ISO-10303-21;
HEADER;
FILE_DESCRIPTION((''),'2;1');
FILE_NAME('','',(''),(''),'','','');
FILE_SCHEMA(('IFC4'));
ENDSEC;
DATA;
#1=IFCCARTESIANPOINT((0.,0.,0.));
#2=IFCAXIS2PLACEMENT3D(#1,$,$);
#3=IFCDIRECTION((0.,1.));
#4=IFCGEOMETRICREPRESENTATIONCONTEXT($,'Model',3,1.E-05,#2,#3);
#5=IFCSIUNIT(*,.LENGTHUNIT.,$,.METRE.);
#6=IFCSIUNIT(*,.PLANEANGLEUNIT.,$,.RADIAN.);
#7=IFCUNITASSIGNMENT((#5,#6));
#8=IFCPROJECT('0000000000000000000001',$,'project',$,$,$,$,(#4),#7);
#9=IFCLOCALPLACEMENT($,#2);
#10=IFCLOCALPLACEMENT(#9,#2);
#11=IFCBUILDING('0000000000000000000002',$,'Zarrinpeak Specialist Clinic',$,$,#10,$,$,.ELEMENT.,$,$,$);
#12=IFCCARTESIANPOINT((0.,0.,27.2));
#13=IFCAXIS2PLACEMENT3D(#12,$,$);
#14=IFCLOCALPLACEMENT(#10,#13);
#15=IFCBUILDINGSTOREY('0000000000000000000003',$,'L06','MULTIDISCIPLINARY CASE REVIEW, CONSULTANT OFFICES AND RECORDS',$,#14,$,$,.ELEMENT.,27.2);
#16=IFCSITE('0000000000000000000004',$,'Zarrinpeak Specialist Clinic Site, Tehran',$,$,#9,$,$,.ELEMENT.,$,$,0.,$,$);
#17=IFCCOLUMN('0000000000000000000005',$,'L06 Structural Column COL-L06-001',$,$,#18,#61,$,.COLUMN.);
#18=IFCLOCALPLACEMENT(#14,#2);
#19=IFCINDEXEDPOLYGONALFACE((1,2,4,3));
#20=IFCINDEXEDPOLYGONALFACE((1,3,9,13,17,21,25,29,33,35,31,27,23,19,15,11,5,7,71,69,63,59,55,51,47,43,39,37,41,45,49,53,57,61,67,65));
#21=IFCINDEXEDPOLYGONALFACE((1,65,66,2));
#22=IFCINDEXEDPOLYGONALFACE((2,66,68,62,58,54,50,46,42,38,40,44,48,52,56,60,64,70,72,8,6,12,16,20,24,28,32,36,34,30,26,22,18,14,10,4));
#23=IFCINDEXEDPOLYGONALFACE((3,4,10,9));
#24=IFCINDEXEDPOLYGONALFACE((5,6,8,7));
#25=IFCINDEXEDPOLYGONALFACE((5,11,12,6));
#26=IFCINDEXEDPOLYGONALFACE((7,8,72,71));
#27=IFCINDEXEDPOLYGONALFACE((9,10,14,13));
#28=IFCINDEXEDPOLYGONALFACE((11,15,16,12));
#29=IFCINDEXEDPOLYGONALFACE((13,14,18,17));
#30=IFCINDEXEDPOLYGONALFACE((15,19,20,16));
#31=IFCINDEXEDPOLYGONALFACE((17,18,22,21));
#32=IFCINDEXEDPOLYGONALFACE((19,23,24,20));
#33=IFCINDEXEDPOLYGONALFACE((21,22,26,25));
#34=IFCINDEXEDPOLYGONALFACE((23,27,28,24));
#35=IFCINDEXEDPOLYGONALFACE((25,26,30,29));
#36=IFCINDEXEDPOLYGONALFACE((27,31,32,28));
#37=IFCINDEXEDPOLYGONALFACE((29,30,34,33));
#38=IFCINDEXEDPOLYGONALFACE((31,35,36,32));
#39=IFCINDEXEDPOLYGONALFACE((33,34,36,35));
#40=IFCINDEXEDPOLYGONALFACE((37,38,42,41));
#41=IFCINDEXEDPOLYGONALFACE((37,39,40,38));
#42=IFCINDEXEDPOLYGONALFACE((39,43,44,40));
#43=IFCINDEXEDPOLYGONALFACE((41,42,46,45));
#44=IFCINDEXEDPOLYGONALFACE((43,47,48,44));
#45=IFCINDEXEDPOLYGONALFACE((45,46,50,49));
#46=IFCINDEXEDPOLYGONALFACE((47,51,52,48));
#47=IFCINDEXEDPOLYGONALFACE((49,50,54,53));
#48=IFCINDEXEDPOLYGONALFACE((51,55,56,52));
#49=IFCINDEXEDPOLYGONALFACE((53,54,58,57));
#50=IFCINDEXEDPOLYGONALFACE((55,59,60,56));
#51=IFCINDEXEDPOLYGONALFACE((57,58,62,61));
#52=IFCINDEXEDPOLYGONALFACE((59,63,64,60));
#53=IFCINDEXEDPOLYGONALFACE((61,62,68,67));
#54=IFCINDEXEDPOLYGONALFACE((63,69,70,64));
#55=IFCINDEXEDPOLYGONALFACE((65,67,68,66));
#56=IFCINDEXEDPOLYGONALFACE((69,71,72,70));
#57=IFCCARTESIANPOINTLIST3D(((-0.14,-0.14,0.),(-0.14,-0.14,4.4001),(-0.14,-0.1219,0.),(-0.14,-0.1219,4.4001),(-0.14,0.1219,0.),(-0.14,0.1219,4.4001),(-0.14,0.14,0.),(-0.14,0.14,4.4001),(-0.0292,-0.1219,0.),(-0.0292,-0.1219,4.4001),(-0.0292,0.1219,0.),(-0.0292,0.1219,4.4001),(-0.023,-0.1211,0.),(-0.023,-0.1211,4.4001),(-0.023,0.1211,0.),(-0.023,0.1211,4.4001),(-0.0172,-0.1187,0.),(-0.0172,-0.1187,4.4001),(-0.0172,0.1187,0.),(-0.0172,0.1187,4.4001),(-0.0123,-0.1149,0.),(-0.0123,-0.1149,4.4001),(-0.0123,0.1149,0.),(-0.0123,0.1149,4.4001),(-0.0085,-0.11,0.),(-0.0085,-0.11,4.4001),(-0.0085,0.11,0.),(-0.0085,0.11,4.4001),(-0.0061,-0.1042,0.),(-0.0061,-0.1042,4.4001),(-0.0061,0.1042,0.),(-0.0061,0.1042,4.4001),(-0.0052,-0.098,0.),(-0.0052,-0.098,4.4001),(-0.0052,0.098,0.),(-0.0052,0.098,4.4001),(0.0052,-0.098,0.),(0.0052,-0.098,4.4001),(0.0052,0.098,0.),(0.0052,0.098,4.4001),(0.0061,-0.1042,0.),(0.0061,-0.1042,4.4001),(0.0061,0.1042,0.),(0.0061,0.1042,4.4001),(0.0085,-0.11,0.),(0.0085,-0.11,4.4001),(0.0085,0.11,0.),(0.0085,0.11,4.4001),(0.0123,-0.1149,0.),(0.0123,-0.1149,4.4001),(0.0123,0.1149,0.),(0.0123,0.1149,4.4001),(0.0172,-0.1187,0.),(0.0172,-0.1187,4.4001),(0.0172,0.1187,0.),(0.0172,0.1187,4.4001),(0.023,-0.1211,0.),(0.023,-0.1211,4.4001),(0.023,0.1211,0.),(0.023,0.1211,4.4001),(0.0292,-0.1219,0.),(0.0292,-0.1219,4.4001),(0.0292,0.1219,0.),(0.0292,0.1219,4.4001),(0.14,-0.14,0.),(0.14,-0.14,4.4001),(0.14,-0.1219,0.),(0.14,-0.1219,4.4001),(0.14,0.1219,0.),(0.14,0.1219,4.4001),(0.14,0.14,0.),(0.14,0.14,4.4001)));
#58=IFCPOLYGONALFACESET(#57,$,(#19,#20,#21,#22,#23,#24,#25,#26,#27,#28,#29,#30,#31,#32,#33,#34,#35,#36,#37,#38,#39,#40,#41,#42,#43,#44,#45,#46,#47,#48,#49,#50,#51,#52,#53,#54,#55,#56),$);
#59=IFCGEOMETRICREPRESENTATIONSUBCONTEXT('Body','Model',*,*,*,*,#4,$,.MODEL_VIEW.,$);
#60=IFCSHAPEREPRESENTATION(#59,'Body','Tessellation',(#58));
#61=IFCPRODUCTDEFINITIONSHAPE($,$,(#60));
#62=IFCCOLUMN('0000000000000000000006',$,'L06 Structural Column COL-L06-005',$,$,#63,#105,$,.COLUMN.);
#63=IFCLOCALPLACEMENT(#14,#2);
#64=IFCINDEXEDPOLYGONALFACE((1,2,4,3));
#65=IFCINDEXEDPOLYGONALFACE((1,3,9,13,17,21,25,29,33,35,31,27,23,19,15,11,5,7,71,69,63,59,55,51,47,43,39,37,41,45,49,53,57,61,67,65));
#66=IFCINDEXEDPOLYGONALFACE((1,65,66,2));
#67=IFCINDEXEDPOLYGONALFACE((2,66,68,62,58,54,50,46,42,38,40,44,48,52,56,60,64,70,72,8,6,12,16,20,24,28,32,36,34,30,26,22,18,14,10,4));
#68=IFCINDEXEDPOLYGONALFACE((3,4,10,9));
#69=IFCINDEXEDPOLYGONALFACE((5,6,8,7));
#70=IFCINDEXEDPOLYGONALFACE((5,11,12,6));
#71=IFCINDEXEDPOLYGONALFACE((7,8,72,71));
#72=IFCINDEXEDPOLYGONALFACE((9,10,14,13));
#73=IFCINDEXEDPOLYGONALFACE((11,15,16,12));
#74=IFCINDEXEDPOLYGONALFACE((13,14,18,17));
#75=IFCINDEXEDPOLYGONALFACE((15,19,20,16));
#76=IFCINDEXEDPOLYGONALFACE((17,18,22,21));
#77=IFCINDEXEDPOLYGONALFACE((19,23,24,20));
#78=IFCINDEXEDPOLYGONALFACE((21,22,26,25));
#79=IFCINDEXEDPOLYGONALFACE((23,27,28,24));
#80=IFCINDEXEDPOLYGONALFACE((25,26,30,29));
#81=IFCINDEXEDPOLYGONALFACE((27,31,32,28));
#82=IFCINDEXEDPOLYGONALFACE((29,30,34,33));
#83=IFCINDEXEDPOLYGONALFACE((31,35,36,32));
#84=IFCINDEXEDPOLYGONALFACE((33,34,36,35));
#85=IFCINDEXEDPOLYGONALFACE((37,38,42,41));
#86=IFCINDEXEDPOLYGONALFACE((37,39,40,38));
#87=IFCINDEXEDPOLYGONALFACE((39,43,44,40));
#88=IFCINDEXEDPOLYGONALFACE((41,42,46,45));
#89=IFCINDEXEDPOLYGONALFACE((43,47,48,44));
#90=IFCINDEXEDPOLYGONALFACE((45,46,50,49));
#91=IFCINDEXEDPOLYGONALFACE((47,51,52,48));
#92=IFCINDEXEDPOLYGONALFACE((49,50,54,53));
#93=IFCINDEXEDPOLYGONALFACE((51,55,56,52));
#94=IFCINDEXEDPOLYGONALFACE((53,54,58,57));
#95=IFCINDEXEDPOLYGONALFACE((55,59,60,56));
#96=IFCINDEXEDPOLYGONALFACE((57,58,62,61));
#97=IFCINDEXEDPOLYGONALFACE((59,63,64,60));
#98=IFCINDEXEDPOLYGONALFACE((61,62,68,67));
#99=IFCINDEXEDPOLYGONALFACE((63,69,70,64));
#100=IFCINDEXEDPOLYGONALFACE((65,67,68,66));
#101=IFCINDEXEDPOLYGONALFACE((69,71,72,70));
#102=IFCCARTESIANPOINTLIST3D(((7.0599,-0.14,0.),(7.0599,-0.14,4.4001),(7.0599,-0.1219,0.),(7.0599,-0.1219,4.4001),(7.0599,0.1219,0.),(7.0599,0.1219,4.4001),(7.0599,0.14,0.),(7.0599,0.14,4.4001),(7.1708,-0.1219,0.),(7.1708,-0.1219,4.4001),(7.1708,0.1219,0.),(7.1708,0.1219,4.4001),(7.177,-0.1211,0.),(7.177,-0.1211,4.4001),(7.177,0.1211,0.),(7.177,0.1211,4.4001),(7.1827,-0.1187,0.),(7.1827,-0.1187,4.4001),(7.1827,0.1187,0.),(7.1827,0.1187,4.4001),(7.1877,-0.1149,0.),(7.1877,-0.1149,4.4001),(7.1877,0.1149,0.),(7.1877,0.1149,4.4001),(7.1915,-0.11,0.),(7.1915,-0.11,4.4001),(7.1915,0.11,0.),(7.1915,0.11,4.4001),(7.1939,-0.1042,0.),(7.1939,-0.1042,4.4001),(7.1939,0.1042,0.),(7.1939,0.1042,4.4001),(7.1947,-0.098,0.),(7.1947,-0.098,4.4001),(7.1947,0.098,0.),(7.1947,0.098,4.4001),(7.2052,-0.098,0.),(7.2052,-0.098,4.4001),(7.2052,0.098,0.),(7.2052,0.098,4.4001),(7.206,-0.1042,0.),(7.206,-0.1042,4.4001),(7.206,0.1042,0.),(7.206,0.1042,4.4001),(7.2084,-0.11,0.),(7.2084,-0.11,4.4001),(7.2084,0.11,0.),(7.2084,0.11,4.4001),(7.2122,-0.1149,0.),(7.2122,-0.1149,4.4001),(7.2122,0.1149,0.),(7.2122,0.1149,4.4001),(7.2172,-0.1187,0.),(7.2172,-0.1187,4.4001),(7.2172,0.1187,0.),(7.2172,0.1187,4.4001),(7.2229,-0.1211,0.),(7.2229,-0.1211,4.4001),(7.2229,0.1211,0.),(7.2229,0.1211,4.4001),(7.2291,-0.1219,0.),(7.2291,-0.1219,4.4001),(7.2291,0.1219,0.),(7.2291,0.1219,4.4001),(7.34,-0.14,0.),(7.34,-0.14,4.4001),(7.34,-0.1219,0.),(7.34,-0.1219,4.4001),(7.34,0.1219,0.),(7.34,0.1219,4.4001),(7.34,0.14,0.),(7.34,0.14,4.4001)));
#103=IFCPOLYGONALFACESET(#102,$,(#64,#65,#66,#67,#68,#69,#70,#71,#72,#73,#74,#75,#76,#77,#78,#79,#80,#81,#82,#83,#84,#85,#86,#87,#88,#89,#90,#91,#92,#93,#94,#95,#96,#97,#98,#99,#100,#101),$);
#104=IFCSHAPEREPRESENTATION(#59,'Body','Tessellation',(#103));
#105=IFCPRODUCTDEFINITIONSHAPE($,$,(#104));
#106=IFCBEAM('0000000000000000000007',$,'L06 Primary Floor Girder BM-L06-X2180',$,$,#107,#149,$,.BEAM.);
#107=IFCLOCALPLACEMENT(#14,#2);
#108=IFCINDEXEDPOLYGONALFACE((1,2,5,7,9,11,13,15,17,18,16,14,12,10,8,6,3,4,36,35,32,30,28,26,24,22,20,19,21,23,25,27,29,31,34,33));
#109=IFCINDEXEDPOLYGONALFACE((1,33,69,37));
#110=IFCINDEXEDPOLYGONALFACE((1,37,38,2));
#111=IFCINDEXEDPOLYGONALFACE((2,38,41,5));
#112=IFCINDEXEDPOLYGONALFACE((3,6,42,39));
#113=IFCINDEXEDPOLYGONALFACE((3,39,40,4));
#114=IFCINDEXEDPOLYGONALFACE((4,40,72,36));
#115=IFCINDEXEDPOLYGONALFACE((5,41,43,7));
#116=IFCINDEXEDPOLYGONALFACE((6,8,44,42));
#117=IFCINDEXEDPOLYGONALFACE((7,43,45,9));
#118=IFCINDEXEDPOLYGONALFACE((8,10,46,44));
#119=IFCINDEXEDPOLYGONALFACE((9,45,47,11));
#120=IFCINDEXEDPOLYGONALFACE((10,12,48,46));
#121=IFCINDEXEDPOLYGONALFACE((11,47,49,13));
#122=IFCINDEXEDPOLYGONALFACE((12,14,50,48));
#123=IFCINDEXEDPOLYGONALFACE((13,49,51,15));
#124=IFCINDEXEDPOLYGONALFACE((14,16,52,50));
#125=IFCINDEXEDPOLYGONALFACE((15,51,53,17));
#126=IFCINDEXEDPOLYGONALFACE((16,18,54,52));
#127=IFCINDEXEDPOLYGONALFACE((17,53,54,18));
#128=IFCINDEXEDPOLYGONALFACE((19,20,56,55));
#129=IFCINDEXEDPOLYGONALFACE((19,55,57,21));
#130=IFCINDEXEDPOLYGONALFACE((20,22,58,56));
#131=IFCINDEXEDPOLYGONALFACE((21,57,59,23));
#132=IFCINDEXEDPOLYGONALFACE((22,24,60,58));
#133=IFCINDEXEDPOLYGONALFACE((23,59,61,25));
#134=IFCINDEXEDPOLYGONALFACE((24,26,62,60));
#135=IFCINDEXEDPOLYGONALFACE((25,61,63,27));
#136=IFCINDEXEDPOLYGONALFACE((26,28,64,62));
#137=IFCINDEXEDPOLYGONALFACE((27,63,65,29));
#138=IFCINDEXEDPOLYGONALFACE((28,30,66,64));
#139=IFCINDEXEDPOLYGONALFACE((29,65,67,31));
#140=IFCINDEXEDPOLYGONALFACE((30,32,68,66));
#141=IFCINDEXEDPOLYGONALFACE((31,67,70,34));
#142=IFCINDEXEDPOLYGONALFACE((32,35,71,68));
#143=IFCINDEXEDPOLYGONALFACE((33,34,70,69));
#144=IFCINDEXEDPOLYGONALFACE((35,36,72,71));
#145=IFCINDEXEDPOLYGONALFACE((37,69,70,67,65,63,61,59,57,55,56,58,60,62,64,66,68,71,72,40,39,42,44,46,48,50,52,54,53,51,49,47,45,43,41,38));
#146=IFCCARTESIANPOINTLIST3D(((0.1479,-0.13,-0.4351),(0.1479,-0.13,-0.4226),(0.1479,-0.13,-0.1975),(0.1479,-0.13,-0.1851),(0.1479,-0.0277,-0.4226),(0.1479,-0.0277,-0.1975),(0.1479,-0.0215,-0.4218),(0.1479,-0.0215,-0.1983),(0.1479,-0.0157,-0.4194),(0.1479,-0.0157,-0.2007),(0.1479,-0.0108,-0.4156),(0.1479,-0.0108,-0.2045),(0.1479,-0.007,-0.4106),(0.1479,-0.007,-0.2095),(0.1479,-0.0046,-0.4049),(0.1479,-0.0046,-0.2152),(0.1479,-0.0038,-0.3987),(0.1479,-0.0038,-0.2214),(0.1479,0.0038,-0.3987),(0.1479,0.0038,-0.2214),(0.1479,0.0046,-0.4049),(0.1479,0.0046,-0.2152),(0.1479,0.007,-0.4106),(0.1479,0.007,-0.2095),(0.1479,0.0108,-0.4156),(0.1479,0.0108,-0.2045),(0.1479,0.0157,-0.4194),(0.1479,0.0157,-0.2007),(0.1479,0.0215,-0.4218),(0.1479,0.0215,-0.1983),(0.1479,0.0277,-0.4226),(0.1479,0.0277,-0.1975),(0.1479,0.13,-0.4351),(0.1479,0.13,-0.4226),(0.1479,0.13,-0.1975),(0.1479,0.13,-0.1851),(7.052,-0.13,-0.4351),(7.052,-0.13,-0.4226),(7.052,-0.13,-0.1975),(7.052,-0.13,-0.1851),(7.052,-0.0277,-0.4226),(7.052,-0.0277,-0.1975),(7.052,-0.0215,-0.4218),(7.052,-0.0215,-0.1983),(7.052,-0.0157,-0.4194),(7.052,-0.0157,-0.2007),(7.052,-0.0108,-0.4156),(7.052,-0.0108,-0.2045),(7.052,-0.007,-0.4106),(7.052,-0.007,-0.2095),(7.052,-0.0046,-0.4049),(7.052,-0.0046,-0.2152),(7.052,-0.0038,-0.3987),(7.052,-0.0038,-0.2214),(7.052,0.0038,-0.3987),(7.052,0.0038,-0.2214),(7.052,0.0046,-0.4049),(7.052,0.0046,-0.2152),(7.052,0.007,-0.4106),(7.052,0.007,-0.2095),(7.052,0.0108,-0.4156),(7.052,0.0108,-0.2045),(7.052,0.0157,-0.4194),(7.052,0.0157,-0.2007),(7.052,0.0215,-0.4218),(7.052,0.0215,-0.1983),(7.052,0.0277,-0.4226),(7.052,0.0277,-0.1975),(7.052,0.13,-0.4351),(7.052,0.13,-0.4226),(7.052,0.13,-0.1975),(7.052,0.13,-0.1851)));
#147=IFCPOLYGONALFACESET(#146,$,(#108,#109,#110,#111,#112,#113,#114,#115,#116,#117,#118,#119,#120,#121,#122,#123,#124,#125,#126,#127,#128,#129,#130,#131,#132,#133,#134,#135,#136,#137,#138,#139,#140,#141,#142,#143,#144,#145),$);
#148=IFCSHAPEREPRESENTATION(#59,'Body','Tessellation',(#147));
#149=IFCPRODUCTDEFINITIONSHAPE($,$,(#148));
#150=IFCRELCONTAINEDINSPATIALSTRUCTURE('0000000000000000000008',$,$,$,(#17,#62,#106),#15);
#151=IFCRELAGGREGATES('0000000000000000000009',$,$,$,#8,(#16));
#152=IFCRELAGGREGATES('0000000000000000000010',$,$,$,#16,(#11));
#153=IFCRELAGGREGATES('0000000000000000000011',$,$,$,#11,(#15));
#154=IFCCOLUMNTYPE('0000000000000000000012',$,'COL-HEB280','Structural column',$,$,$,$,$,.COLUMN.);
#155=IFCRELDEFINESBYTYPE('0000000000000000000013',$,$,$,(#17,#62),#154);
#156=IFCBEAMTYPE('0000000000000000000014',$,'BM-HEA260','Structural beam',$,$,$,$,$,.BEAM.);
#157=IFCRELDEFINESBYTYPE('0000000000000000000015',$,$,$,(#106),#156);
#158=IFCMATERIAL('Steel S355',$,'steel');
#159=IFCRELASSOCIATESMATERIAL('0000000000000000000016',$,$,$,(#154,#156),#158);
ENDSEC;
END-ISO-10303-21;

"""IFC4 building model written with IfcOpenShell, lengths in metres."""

from ifc_helpers import new_model, si_unit, direction, frame, origin, origin_2d, place, context, subcontext, project, spatial, i_section, extrude, material, material_profile, profile_set, type_object, element, save


model = new_model("IFC4")

# Units and contexts
model_context = context("Model", 3, precision=1e-05, world=origin(), true_north=direction((0.0, 1.0)))
body_context = subcontext(model_context, "Body", "Model", "MODEL_VIEW")
ifc_project = project(units=[si_unit("LENGTHUNIT", "METRE"), si_unit("PLANEANGLEUNIT", "RADIAN")], contexts=[model_context])

# Site, building, storey
site_placement = place(None, origin())
site = spatial("IfcSite", under=ifc_project, at=site_placement, Name="Zarrinpeak Specialist Clinic Site, Tehran", CompositionType="ELEMENT", RefElevation=0.0)
building_placement = place(site_placement, origin())
building = spatial("IfcBuilding", under=site, at=building_placement, Name="Zarrinpeak Specialist Clinic", CompositionType="ELEMENT")
storey_placement = place(building_placement, frame((0.0, 0.0, 27.2)))
storey = spatial("IfcBuildingStorey", under=building, at=storey_placement, Name="L06", Description="MULTIDISCIPLINARY CASE REVIEW, CONSULTANT OFFICES AND RECORDS", CompositionType="ELEMENT", Elevation=27.2)

# Columns
ifc_material_1 = material(Name="Steel S355", Category="steel")
ifc_material_profile_1 = material_profile(ifc_material_1, i_section(OverallWidth=0.28, OverallDepth=0.28, WebThickness=0.0105, FlangeThickness=0.0181, FilletRadius=0.0239, at=origin_2d()), Name="HEB 280")
ifc_profile_set_1 = profile_set([ifc_material_profile_1], Name="Steel S355")
column_type = type_object("IfcColumnType", Name="COL-HEB280", Description="Structural column", PredefinedType="COLUMN", material=ifc_profile_set_1)
for number, where, z_axis, x_axis, name in (
    (1, (0.0, 0.0, 0.0), (0.0, 0.0, 1.0), (1.0, 0.0, 0.0), "L06 Structural Column COL-L06-001"),
    (2, (7.2, 0.0, 0.0), (0.0, 0.0, 1.0), (1.0, 0.0, 0.0), "L06 Structural Column COL-L06-005"),
):
    element("IfcColumn", number, at=place(storey_placement, frame(where, z_axis=z_axis, x_axis=x_axis)), inside=storey, type_object=column_type, Name=name, PredefinedType="COLUMN", context=body_context, shape_type="SweptSolid", body=[
        extrude(i_section(OverallWidth=0.28, OverallDepth=0.28, WebThickness=0.0105, FlangeThickness=0.0181, FilletRadius=0.0239, at=origin_2d()), origin(), (0.0, 0.0, 1.0), 4.4001),
    ])

# Beam
ifc_material_profile_2 = material_profile(ifc_material_1, i_section(OverallWidth=0.26, OverallDepth=0.25, WebThickness=0.0076, FlangeThickness=0.0125, FilletRadius=0.0239, at=origin_2d()), Name="HEA 260")
ifc_profile_set_2 = profile_set([ifc_material_profile_2], Name="Steel S355")
beam_type = type_object("IfcBeamType", Name="BM-HEA260", Description="Structural beam", PredefinedType="BEAM", material=ifc_profile_set_2)
beam_placement = place(storey_placement, frame((0.1479, 0.0, -0.3101), z_axis=(1.0, 0.0, 0.0), x_axis=(0.0, 1.0, 0.0)))
element("IfcBeam", 3, at=beam_placement, inside=storey, type_object=beam_type, Name="L06 Primary Floor Girder BM-L06-X2180", PredefinedType="BEAM", context=body_context, shape_type="SweptSolid", body=[
    extrude(i_section(OverallWidth=0.26, OverallDepth=0.25, WebThickness=0.0076, FlangeThickness=0.0125, FilletRadius=0.0239, at=origin_2d()), origin(), (0.0, 0.0, 1.0), 6.9041),
])

save(model, "model.ifc")
